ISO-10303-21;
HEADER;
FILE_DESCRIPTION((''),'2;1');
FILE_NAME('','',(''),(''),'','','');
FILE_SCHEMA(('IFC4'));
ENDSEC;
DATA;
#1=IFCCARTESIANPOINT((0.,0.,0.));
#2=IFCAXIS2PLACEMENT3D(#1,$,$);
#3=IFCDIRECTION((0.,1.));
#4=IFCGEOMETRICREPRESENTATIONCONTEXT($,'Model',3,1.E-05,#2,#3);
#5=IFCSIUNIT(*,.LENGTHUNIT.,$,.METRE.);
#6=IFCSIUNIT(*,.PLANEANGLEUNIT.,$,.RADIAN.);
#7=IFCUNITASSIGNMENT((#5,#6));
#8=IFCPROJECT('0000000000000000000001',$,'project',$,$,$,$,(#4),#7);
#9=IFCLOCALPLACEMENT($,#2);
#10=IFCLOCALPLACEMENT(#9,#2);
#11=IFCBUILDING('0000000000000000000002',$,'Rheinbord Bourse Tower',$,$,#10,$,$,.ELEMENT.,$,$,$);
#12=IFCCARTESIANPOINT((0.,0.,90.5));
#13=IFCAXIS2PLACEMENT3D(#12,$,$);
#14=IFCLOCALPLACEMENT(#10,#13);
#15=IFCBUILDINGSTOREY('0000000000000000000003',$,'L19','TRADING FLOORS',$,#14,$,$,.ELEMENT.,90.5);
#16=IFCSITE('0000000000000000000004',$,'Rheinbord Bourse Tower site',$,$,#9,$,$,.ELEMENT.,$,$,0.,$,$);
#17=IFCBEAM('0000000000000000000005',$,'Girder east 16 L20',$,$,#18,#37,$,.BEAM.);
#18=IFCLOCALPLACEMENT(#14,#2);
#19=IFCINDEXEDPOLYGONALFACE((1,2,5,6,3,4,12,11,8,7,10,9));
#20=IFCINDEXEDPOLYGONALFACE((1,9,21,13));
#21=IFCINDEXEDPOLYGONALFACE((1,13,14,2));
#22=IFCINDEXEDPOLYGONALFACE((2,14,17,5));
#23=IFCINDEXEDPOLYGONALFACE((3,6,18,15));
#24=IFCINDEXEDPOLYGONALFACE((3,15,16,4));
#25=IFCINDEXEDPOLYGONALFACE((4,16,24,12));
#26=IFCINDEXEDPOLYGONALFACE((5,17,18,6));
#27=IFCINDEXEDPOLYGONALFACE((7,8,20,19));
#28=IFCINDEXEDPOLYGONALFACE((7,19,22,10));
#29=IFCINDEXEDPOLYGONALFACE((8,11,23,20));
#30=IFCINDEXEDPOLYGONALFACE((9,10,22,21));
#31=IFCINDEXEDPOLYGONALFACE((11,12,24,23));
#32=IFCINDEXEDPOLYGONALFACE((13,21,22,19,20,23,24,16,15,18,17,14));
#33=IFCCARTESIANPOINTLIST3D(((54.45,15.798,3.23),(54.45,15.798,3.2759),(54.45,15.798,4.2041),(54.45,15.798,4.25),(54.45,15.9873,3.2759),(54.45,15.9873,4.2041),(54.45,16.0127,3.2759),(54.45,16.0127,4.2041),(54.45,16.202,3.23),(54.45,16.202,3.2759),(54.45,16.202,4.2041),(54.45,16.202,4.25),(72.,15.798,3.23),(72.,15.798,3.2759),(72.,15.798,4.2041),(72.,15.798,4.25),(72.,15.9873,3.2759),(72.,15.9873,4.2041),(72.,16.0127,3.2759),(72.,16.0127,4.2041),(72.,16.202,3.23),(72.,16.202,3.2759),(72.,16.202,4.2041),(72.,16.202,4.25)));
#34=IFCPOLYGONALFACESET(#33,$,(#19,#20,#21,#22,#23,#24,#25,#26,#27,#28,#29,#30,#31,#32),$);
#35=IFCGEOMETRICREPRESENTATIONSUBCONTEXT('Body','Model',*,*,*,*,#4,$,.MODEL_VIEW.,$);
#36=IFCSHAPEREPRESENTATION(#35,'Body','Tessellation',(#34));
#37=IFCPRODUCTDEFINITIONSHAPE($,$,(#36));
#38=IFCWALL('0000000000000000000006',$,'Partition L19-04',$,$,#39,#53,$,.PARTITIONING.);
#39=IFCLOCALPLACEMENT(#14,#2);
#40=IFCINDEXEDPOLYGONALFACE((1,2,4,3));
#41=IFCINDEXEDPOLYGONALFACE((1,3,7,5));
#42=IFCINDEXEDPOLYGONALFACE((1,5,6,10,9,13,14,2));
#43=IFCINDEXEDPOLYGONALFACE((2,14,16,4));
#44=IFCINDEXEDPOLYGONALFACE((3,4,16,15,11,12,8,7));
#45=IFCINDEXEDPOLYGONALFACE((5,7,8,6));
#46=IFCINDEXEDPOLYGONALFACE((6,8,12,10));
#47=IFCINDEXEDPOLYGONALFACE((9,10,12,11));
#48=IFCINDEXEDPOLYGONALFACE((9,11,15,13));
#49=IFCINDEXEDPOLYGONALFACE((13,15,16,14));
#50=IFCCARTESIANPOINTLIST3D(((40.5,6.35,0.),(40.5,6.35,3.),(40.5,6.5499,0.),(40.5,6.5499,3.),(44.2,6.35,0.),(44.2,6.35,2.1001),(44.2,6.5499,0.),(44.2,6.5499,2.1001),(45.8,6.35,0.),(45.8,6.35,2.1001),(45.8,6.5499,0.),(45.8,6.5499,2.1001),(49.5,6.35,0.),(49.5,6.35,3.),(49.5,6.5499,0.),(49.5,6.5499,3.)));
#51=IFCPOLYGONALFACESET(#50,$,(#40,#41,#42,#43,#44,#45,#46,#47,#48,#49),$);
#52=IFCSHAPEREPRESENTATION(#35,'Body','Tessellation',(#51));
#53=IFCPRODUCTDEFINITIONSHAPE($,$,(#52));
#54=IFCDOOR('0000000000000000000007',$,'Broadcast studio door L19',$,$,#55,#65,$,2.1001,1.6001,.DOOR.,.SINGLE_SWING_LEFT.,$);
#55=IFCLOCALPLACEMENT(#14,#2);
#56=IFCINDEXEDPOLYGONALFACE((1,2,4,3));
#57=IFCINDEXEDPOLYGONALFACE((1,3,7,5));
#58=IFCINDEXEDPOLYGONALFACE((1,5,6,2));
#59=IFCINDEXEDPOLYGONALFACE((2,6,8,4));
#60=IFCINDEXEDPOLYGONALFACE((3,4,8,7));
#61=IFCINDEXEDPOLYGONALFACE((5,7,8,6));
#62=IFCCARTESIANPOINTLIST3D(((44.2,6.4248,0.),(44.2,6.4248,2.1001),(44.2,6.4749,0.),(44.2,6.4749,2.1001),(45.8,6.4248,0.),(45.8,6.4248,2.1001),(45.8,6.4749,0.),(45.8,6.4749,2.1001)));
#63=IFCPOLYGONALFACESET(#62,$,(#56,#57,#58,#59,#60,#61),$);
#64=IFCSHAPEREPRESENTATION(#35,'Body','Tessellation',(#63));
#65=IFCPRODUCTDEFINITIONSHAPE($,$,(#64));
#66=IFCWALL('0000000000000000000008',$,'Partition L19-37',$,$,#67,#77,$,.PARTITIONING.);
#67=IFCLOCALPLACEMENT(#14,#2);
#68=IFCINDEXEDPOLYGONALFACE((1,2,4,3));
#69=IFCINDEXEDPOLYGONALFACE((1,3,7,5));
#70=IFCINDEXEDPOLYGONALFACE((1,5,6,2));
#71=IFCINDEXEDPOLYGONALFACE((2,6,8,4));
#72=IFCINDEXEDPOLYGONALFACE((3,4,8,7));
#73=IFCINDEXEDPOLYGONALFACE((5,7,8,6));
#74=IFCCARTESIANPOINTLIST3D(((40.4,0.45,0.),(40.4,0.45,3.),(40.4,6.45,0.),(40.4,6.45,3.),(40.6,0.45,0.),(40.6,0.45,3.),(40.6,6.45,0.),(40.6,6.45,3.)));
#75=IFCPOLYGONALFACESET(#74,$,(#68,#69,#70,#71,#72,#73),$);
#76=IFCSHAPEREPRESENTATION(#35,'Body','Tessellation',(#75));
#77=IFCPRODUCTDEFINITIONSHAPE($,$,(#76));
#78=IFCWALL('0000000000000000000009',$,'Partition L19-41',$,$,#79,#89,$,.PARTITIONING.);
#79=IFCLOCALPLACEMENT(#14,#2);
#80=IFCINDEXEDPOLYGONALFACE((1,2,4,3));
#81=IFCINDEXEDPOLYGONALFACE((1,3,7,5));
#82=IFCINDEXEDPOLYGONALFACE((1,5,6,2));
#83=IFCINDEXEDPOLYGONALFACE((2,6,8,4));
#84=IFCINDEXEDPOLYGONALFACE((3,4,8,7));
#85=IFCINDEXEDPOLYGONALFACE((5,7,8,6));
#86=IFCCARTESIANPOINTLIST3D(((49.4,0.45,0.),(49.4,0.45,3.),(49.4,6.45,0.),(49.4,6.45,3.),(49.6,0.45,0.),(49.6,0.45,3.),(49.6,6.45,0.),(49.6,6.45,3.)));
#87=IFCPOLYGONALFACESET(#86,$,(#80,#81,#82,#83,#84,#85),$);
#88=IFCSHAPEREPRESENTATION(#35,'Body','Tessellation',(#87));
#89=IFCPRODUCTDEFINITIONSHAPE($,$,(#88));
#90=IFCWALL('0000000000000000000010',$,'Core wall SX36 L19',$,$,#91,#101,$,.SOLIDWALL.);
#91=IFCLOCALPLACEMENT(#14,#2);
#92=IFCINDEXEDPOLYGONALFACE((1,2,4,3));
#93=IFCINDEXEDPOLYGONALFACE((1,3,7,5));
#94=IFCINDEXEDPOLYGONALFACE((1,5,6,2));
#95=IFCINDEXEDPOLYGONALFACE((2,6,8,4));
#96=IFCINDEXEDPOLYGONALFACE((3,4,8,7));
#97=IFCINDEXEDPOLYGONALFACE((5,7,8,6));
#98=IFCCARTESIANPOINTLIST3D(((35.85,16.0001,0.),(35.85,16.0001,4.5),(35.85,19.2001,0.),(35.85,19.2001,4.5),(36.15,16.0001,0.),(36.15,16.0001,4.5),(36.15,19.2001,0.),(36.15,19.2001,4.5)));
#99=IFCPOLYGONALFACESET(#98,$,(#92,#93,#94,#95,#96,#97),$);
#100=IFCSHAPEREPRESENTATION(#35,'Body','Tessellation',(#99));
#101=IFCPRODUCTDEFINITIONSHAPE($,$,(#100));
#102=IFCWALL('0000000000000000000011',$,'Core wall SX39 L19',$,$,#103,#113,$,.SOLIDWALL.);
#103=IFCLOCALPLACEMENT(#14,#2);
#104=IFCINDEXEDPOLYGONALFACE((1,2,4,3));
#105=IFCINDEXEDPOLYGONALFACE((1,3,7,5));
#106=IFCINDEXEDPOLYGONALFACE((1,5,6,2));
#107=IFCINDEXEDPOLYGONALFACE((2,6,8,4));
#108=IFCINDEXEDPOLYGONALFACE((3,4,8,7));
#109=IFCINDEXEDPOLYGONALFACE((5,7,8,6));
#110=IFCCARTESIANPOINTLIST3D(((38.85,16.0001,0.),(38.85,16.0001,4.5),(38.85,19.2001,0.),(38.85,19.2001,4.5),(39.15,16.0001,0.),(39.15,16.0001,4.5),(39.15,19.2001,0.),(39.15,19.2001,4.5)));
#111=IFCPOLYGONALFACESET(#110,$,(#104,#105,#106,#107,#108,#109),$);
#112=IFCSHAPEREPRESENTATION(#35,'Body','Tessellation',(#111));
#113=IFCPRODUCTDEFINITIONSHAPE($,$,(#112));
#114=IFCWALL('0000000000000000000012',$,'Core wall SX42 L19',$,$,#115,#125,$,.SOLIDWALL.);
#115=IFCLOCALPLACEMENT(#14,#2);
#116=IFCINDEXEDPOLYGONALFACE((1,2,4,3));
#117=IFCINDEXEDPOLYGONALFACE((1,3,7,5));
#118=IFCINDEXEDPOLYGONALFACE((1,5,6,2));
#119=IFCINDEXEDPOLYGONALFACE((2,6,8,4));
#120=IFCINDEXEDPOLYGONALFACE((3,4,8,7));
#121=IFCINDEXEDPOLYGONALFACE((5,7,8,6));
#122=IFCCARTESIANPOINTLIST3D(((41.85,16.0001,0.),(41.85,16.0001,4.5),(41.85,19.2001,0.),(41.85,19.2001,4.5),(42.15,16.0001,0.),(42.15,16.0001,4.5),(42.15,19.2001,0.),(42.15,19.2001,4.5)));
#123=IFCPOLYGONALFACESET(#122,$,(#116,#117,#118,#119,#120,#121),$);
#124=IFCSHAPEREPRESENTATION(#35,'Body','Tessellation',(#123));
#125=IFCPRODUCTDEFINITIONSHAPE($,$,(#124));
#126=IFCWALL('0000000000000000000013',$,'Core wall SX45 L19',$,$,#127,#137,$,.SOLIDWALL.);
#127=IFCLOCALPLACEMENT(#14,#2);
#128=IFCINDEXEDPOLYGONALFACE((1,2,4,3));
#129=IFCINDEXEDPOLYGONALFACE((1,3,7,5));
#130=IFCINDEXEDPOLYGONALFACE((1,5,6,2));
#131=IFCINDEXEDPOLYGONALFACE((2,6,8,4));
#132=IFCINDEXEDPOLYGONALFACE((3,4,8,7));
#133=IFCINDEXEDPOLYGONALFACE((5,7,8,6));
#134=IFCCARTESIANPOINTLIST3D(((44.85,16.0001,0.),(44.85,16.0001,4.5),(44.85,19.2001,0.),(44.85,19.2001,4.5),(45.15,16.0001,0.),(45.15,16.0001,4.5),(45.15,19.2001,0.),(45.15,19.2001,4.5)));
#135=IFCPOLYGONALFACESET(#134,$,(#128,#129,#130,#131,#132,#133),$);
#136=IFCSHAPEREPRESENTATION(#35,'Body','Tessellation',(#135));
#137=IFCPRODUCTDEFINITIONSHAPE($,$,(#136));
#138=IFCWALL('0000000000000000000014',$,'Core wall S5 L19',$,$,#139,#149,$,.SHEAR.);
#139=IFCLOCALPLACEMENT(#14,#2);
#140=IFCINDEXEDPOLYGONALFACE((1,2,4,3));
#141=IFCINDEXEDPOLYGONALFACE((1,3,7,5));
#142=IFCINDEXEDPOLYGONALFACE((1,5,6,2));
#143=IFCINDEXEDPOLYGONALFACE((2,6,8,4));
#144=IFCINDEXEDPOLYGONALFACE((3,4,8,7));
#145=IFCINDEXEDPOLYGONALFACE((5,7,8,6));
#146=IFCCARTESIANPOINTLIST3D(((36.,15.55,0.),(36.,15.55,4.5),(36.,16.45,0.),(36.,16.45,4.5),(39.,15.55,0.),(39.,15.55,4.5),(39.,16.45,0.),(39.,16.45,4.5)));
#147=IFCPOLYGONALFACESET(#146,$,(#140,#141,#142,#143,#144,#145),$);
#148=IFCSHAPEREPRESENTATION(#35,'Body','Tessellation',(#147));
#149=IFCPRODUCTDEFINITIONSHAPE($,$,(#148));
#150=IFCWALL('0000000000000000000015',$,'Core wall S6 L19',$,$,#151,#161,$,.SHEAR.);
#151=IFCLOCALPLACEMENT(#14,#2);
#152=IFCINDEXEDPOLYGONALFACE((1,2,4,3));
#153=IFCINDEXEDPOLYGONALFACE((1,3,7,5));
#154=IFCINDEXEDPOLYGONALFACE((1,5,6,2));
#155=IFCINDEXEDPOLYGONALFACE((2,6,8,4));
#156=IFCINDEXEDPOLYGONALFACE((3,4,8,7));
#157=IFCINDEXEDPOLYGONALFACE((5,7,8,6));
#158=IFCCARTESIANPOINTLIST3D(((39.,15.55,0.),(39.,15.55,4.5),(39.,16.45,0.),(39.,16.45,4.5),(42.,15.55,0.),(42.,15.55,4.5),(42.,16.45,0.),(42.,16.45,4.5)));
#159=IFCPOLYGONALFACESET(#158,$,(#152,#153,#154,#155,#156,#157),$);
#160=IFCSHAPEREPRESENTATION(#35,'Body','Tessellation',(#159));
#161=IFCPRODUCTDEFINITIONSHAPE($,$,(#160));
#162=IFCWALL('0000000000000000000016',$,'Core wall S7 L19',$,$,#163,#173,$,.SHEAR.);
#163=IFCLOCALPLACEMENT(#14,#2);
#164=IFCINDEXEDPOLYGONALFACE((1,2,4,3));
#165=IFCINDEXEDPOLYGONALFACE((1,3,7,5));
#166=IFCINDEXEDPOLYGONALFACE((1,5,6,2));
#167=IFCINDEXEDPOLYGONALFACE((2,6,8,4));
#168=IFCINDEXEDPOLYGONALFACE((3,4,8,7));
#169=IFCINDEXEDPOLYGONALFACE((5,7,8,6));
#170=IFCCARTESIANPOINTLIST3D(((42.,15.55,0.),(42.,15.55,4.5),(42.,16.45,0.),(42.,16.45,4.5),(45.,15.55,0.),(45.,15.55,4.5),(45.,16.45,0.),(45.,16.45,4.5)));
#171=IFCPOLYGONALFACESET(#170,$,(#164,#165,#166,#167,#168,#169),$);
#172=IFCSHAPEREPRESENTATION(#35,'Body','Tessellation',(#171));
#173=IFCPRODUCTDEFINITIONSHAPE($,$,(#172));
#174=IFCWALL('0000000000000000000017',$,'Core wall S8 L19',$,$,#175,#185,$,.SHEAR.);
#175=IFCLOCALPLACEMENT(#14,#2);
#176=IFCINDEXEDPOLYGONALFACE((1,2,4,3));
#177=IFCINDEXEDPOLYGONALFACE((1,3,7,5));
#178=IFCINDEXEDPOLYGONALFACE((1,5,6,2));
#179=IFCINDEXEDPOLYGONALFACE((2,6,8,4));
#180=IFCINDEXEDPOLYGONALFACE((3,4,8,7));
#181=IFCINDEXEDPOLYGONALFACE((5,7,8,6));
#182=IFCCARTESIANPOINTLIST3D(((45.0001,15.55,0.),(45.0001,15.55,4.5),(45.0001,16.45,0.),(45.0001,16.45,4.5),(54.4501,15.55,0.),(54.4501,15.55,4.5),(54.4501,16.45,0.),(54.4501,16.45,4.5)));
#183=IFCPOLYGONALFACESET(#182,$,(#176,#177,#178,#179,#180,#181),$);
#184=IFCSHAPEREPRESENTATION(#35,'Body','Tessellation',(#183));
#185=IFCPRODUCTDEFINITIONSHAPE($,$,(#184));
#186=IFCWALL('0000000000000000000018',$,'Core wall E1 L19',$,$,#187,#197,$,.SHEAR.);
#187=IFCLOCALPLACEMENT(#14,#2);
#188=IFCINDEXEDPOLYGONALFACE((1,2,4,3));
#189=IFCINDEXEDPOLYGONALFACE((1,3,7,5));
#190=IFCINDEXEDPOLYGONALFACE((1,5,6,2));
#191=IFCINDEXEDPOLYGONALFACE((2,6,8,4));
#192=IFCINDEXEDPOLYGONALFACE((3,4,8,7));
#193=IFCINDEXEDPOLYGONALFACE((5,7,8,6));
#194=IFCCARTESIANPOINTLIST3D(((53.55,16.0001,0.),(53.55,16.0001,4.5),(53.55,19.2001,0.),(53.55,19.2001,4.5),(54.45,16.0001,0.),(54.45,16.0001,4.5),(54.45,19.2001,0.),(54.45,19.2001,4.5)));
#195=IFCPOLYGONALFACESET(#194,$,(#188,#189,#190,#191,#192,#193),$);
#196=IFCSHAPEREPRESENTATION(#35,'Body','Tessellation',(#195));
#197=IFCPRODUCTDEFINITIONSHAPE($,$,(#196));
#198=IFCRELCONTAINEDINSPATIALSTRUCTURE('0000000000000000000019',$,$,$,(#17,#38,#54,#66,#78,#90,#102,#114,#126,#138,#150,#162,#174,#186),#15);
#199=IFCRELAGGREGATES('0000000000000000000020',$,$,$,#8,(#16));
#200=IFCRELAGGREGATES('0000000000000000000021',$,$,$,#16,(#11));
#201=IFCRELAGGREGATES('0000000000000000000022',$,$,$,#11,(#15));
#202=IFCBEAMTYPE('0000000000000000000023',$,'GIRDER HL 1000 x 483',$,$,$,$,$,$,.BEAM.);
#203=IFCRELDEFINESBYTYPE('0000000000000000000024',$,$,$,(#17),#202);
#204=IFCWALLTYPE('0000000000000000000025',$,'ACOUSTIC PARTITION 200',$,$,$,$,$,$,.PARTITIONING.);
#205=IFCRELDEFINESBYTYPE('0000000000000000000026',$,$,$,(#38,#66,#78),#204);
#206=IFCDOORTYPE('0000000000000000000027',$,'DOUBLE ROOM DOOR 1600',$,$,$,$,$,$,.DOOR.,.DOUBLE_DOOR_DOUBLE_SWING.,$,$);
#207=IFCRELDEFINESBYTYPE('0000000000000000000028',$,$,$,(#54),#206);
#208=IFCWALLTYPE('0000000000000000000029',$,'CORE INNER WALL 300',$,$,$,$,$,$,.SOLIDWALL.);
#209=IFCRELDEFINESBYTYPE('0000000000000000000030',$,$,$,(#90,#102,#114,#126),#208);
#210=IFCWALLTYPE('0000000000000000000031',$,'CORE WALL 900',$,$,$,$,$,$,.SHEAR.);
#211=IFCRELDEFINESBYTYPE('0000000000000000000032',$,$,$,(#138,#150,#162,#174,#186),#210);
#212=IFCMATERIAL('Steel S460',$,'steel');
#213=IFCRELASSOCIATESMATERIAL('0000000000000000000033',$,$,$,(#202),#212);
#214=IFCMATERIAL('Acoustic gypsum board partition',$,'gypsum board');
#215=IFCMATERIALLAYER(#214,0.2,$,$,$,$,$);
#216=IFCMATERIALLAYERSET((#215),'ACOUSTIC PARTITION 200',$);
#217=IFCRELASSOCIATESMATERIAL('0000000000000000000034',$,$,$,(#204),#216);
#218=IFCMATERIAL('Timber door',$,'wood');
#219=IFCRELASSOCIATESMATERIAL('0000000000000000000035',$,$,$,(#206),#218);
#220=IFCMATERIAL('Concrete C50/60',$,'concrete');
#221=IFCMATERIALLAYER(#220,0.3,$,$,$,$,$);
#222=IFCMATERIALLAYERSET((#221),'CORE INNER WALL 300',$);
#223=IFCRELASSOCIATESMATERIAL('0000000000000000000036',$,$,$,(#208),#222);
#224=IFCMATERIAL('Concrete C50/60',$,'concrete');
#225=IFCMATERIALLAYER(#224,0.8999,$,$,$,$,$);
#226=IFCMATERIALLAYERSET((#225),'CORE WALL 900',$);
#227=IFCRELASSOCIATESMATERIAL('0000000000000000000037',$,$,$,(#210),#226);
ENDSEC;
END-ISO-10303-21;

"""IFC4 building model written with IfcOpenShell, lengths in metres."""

from ifc_helpers import new_model, si_unit, direction, frame, frame_2d, origin, origin_2d, place, context, subcontext, project, spatial, rectangle, i_section, extrude, material, layer, layer_set, material_profile, profile_set, type_object, element, fill, save


model = new_model("IFC4")

# Units and contexts
model_context = context("Model", 3, precision=1e-05, world=origin(), true_north=direction((0.0, 1.0)))
body_context = subcontext(model_context, "Body", "Model", "MODEL_VIEW")
ifc_project = project(units=[si_unit("LENGTHUNIT", "METRE"), si_unit("PLANEANGLEUNIT", "RADIAN")], contexts=[model_context])

# Site, building, storey
site_placement = place(None, origin())
site = spatial("IfcSite", under=ifc_project, at=site_placement, Name="Rheinbord Bourse Tower site", CompositionType="ELEMENT", RefElevation=0.0)
building_placement = place(site_placement, origin())
building = spatial("IfcBuilding", under=site, at=building_placement, Name="Rheinbord Bourse Tower", CompositionType="ELEMENT")
storey_placement = place(building_placement, frame((0.0, 0.0, 90.5)))
storey = spatial("IfcBuildingStorey", under=building, at=storey_placement, Name="L19", Description="TRADING FLOORS", CompositionType="ELEMENT", Elevation=90.5)

# Beam
ifc_material_1 = material(Name="Steel S460", Category="steel")
ifc_material_profile = material_profile(ifc_material_1, i_section(OverallWidth=0.4041, OverallDepth=1.02, WebThickness=0.0254, FlangeThickness=0.0459, at=origin_2d()), Name="HL 1000 x 483")
ifc_profile_set = profile_set([ifc_material_profile], Name="Steel S460")
beam_type = type_object("IfcBeamType", Name="GIRDER HL 1000 x 483", PredefinedType="BEAM", material=ifc_profile_set)
beam_placement = place(storey_placement, frame((54.45, 16.0, 3.74), z_axis=(1.0, 0.0, 0.0), x_axis=(0.0, 1.0, 0.0)))
element("IfcBeam", 1, at=beam_placement, inside=storey, type_object=beam_type, Name="Girder east 16 L20", PredefinedType="BEAM", context=body_context, shape_type="SweptSolid", body=[
    extrude(i_section(OverallWidth=0.4041, OverallDepth=1.02, WebThickness=0.0254, FlangeThickness=0.0459, at=origin_2d()), origin(), (0.0, 0.0, 1.0), 17.55),
])

# Wall, opening, door
ifc_material_2 = material(Name="Acoustic gypsum board partition", Category="gypsum board")
ifc_layer_1 = layer(ifc_material_2, 0.2)
ifc_layer_set_1 = layer_set([ifc_layer_1], Name="ACOUSTIC PARTITION 200")
wall_type_1 = type_object("IfcWallType", Name="ACOUSTIC PARTITION 200", PredefinedType="PARTITIONING", material=ifc_layer_set_1)
wall_1_placement = place(storey_placement, frame((40.5, 6.45, 0.0), z_axis=(0.0, 0.0, 1.0), x_axis=(1.0, 0.0, 0.0)))
wall_1 = element("IfcWall", 2, at=wall_1_placement, inside=storey, type_object=wall_type_1, Name="Partition L19-04", PredefinedType="PARTITIONING", context=body_context, shape_type="SweptSolid", body=[
    extrude(rectangle(XDim=9.0, YDim=0.2, at=frame_2d((4.5, 0.0))), origin(), (0.0, 0.0, 1.0), 3.0),
])
opening_1_placement = place(wall_1_placement, frame((3.7, 0.0, 0.0)))
opening_1 = element("IfcOpeningElement", 3, at=opening_1_placement, cuts=wall_1, PredefinedType="OPENING", context=body_context, shape_type="SweptSolid", body=[
    extrude(rectangle(XDim=1.6001, YDim=2.1001, at=frame_2d((0.8, 1.05))), frame((0.0, 0.1099, 0.0), z_axis=(0.0, -1.0, 0.0), x_axis=(1.0, 0.0, 0.0)), (0.0, 0.0, 1.0), 0.22),
])
ifc_material_3 = material(Name="Timber door", Category="wood")
door_type_1 = type_object("IfcDoorType", Name="DOUBLE ROOM DOOR 1600", OperationType="DOUBLE_DOOR_DOUBLE_SWING", PredefinedType="DOOR", material=ifc_material_3)
door_1_placement = place(opening_1_placement, origin())
door_1 = element("IfcDoor", 4, at=door_1_placement, inside=storey, type_object=door_type_1, Name="Broadcast studio door L19", OperationType="SINGLE_SWING_LEFT", OverallHeight=2.1001, OverallWidth=1.6001, PredefinedType="DOOR", context=body_context, shape_type="SweptSolid", body=[
    extrude(rectangle(XDim=1.6001, YDim=2.1001, at=frame_2d((0.8, 1.05))), frame((0.0, 0.0249, 0.0), z_axis=(0.0, -1.0, 0.0), x_axis=(1.0, 0.0, 0.0)), (0.0, 0.0, 1.0), 0.05),
])
fill(opening_1, door_1)

# Walls
for number, where, z_axis, x_axis, name in (
    (5, (40.5, 0.45, 0.0), (0.0, 0.0, 1.0), (0.0, 1.0, 0.0), "Partition L19-37"),
    (6, (49.5, 0.45, 0.0), (0.0, 0.0, 1.0), (0.0, 1.0, 0.0), "Partition L19-41"),
):
    element("IfcWall", number, at=place(storey_placement, frame(where, z_axis=z_axis, x_axis=x_axis)), inside=storey, type_object=wall_type_1, Name=name, PredefinedType="PARTITIONING", context=body_context, shape_type="SweptSolid", body=[
        extrude(rectangle(XDim=6.0, YDim=0.2, at=frame_2d((3.0, 0.0))), origin(), (0.0, 0.0, 1.0), 3.0),
    ])
ifc_material_4 = material(Name="Concrete C50/60", Category="concrete")
ifc_layer_2 = layer(ifc_material_4, 0.3)
ifc_layer_set_2 = layer_set([ifc_layer_2], Name="CORE INNER WALL 300")
wall_type_2 = type_object("IfcWallType", Name="CORE INNER WALL 300", PredefinedType="SOLIDWALL", material=ifc_layer_set_2)
for number, where, z_axis, x_axis, name in (
    (7, (36.0, 16.0, 0.0), (0.0, 0.0, 1.0), (0.0, 1.0, 0.0), "Core wall SX36 L19"),
    (8, (39.0, 16.0, 0.0), (0.0, 0.0, 1.0), (0.0, 1.0, 0.0), "Core wall SX39 L19"),
    (9, (42.0, 16.0, 0.0), (0.0, 0.0, 1.0), (0.0, 1.0, 0.0), "Core wall SX42 L19"),
    (10, (45.0, 16.0, 0.0), (0.0, 0.0, 1.0), (0.0, 1.0, 0.0), "Core wall SX45 L19"),
):
    element("IfcWall", number, at=place(storey_placement, frame(where, z_axis=z_axis, x_axis=x_axis)), inside=storey, type_object=wall_type_2, Name=name, PredefinedType="SOLIDWALL", context=body_context, shape_type="SweptSolid", body=[
        extrude(rectangle(XDim=3.2, YDim=0.3, at=frame_2d((1.6001, 0.0))), origin(), (0.0, 0.0, 1.0), 4.5),
    ])
ifc_material_5 = material(Name="Concrete C50/60", Category="concrete")
ifc_layer_3 = layer(ifc_material_5, 0.8999)
ifc_layer_set_3 = layer_set([ifc_layer_3], Name="CORE WALL 900")
wall_type_3 = type_object("IfcWallType", Name="CORE WALL 900", PredefinedType="SHEAR", material=ifc_layer_set_3)
for number, where, z_axis, x_axis, name in (
    (11, (36.0, 16.0, 0.0), (0.0, 0.0, 1.0), (1.0, 0.0, 0.0), "Core wall S5 L19"),
    (12, (39.0, 16.0, 0.0), (0.0, 0.0, 1.0), (1.0, 0.0, 0.0), "Core wall S6 L19"),
    (13, (42.0, 16.0, 0.0), (0.0, 0.0, 1.0), (1.0, 0.0, 0.0), "Core wall S7 L19"),
):
    element("IfcWall", number, at=place(storey_placement, frame(where, z_axis=z_axis, x_axis=x_axis)), inside=storey, type_object=wall_type_3, Name=name, PredefinedType="SHEAR", context=body_context, shape_type="SweptSolid", body=[
        extrude(rectangle(XDim=3.0, YDim=0.8999, at=frame_2d((1.5, 0.0))), origin(), (0.0, 0.0, 1.0), 4.5),
    ])
wall_2_placement = place(storey_placement, frame((45.0, 16.0, 0.0), z_axis=(0.0, 0.0, 1.0), x_axis=(1.0, 0.0, 0.0)))
element("IfcWall", 14, at=wall_2_placement, inside=storey, type_object=wall_type_3, Name="Core wall S8 L19", PredefinedType="SHEAR", context=body_context, shape_type="SweptSolid", body=[
    extrude(rectangle(XDim=9.45, YDim=0.8999, at=frame_2d((4.7251, 0.0))), origin(), (0.0, 0.0, 1.0), 4.5),
])
wall_3_placement = place(storey_placement, frame((54.0, 16.0, 0.0), z_axis=(0.0, 0.0, 1.0), x_axis=(0.0, 1.0, 0.0)))
element("IfcWall", 15, at=wall_3_placement, inside=storey, type_object=wall_type_3, Name="Core wall E1 L19", PredefinedType="SHEAR", context=body_context, shape_type="SweptSolid", body=[
    extrude(rectangle(XDim=3.2, YDim=0.8999, at=frame_2d((1.6001, 0.0))), origin(), (0.0, 0.0, 1.0), 4.5),
])

save(model, "model.ifc")
